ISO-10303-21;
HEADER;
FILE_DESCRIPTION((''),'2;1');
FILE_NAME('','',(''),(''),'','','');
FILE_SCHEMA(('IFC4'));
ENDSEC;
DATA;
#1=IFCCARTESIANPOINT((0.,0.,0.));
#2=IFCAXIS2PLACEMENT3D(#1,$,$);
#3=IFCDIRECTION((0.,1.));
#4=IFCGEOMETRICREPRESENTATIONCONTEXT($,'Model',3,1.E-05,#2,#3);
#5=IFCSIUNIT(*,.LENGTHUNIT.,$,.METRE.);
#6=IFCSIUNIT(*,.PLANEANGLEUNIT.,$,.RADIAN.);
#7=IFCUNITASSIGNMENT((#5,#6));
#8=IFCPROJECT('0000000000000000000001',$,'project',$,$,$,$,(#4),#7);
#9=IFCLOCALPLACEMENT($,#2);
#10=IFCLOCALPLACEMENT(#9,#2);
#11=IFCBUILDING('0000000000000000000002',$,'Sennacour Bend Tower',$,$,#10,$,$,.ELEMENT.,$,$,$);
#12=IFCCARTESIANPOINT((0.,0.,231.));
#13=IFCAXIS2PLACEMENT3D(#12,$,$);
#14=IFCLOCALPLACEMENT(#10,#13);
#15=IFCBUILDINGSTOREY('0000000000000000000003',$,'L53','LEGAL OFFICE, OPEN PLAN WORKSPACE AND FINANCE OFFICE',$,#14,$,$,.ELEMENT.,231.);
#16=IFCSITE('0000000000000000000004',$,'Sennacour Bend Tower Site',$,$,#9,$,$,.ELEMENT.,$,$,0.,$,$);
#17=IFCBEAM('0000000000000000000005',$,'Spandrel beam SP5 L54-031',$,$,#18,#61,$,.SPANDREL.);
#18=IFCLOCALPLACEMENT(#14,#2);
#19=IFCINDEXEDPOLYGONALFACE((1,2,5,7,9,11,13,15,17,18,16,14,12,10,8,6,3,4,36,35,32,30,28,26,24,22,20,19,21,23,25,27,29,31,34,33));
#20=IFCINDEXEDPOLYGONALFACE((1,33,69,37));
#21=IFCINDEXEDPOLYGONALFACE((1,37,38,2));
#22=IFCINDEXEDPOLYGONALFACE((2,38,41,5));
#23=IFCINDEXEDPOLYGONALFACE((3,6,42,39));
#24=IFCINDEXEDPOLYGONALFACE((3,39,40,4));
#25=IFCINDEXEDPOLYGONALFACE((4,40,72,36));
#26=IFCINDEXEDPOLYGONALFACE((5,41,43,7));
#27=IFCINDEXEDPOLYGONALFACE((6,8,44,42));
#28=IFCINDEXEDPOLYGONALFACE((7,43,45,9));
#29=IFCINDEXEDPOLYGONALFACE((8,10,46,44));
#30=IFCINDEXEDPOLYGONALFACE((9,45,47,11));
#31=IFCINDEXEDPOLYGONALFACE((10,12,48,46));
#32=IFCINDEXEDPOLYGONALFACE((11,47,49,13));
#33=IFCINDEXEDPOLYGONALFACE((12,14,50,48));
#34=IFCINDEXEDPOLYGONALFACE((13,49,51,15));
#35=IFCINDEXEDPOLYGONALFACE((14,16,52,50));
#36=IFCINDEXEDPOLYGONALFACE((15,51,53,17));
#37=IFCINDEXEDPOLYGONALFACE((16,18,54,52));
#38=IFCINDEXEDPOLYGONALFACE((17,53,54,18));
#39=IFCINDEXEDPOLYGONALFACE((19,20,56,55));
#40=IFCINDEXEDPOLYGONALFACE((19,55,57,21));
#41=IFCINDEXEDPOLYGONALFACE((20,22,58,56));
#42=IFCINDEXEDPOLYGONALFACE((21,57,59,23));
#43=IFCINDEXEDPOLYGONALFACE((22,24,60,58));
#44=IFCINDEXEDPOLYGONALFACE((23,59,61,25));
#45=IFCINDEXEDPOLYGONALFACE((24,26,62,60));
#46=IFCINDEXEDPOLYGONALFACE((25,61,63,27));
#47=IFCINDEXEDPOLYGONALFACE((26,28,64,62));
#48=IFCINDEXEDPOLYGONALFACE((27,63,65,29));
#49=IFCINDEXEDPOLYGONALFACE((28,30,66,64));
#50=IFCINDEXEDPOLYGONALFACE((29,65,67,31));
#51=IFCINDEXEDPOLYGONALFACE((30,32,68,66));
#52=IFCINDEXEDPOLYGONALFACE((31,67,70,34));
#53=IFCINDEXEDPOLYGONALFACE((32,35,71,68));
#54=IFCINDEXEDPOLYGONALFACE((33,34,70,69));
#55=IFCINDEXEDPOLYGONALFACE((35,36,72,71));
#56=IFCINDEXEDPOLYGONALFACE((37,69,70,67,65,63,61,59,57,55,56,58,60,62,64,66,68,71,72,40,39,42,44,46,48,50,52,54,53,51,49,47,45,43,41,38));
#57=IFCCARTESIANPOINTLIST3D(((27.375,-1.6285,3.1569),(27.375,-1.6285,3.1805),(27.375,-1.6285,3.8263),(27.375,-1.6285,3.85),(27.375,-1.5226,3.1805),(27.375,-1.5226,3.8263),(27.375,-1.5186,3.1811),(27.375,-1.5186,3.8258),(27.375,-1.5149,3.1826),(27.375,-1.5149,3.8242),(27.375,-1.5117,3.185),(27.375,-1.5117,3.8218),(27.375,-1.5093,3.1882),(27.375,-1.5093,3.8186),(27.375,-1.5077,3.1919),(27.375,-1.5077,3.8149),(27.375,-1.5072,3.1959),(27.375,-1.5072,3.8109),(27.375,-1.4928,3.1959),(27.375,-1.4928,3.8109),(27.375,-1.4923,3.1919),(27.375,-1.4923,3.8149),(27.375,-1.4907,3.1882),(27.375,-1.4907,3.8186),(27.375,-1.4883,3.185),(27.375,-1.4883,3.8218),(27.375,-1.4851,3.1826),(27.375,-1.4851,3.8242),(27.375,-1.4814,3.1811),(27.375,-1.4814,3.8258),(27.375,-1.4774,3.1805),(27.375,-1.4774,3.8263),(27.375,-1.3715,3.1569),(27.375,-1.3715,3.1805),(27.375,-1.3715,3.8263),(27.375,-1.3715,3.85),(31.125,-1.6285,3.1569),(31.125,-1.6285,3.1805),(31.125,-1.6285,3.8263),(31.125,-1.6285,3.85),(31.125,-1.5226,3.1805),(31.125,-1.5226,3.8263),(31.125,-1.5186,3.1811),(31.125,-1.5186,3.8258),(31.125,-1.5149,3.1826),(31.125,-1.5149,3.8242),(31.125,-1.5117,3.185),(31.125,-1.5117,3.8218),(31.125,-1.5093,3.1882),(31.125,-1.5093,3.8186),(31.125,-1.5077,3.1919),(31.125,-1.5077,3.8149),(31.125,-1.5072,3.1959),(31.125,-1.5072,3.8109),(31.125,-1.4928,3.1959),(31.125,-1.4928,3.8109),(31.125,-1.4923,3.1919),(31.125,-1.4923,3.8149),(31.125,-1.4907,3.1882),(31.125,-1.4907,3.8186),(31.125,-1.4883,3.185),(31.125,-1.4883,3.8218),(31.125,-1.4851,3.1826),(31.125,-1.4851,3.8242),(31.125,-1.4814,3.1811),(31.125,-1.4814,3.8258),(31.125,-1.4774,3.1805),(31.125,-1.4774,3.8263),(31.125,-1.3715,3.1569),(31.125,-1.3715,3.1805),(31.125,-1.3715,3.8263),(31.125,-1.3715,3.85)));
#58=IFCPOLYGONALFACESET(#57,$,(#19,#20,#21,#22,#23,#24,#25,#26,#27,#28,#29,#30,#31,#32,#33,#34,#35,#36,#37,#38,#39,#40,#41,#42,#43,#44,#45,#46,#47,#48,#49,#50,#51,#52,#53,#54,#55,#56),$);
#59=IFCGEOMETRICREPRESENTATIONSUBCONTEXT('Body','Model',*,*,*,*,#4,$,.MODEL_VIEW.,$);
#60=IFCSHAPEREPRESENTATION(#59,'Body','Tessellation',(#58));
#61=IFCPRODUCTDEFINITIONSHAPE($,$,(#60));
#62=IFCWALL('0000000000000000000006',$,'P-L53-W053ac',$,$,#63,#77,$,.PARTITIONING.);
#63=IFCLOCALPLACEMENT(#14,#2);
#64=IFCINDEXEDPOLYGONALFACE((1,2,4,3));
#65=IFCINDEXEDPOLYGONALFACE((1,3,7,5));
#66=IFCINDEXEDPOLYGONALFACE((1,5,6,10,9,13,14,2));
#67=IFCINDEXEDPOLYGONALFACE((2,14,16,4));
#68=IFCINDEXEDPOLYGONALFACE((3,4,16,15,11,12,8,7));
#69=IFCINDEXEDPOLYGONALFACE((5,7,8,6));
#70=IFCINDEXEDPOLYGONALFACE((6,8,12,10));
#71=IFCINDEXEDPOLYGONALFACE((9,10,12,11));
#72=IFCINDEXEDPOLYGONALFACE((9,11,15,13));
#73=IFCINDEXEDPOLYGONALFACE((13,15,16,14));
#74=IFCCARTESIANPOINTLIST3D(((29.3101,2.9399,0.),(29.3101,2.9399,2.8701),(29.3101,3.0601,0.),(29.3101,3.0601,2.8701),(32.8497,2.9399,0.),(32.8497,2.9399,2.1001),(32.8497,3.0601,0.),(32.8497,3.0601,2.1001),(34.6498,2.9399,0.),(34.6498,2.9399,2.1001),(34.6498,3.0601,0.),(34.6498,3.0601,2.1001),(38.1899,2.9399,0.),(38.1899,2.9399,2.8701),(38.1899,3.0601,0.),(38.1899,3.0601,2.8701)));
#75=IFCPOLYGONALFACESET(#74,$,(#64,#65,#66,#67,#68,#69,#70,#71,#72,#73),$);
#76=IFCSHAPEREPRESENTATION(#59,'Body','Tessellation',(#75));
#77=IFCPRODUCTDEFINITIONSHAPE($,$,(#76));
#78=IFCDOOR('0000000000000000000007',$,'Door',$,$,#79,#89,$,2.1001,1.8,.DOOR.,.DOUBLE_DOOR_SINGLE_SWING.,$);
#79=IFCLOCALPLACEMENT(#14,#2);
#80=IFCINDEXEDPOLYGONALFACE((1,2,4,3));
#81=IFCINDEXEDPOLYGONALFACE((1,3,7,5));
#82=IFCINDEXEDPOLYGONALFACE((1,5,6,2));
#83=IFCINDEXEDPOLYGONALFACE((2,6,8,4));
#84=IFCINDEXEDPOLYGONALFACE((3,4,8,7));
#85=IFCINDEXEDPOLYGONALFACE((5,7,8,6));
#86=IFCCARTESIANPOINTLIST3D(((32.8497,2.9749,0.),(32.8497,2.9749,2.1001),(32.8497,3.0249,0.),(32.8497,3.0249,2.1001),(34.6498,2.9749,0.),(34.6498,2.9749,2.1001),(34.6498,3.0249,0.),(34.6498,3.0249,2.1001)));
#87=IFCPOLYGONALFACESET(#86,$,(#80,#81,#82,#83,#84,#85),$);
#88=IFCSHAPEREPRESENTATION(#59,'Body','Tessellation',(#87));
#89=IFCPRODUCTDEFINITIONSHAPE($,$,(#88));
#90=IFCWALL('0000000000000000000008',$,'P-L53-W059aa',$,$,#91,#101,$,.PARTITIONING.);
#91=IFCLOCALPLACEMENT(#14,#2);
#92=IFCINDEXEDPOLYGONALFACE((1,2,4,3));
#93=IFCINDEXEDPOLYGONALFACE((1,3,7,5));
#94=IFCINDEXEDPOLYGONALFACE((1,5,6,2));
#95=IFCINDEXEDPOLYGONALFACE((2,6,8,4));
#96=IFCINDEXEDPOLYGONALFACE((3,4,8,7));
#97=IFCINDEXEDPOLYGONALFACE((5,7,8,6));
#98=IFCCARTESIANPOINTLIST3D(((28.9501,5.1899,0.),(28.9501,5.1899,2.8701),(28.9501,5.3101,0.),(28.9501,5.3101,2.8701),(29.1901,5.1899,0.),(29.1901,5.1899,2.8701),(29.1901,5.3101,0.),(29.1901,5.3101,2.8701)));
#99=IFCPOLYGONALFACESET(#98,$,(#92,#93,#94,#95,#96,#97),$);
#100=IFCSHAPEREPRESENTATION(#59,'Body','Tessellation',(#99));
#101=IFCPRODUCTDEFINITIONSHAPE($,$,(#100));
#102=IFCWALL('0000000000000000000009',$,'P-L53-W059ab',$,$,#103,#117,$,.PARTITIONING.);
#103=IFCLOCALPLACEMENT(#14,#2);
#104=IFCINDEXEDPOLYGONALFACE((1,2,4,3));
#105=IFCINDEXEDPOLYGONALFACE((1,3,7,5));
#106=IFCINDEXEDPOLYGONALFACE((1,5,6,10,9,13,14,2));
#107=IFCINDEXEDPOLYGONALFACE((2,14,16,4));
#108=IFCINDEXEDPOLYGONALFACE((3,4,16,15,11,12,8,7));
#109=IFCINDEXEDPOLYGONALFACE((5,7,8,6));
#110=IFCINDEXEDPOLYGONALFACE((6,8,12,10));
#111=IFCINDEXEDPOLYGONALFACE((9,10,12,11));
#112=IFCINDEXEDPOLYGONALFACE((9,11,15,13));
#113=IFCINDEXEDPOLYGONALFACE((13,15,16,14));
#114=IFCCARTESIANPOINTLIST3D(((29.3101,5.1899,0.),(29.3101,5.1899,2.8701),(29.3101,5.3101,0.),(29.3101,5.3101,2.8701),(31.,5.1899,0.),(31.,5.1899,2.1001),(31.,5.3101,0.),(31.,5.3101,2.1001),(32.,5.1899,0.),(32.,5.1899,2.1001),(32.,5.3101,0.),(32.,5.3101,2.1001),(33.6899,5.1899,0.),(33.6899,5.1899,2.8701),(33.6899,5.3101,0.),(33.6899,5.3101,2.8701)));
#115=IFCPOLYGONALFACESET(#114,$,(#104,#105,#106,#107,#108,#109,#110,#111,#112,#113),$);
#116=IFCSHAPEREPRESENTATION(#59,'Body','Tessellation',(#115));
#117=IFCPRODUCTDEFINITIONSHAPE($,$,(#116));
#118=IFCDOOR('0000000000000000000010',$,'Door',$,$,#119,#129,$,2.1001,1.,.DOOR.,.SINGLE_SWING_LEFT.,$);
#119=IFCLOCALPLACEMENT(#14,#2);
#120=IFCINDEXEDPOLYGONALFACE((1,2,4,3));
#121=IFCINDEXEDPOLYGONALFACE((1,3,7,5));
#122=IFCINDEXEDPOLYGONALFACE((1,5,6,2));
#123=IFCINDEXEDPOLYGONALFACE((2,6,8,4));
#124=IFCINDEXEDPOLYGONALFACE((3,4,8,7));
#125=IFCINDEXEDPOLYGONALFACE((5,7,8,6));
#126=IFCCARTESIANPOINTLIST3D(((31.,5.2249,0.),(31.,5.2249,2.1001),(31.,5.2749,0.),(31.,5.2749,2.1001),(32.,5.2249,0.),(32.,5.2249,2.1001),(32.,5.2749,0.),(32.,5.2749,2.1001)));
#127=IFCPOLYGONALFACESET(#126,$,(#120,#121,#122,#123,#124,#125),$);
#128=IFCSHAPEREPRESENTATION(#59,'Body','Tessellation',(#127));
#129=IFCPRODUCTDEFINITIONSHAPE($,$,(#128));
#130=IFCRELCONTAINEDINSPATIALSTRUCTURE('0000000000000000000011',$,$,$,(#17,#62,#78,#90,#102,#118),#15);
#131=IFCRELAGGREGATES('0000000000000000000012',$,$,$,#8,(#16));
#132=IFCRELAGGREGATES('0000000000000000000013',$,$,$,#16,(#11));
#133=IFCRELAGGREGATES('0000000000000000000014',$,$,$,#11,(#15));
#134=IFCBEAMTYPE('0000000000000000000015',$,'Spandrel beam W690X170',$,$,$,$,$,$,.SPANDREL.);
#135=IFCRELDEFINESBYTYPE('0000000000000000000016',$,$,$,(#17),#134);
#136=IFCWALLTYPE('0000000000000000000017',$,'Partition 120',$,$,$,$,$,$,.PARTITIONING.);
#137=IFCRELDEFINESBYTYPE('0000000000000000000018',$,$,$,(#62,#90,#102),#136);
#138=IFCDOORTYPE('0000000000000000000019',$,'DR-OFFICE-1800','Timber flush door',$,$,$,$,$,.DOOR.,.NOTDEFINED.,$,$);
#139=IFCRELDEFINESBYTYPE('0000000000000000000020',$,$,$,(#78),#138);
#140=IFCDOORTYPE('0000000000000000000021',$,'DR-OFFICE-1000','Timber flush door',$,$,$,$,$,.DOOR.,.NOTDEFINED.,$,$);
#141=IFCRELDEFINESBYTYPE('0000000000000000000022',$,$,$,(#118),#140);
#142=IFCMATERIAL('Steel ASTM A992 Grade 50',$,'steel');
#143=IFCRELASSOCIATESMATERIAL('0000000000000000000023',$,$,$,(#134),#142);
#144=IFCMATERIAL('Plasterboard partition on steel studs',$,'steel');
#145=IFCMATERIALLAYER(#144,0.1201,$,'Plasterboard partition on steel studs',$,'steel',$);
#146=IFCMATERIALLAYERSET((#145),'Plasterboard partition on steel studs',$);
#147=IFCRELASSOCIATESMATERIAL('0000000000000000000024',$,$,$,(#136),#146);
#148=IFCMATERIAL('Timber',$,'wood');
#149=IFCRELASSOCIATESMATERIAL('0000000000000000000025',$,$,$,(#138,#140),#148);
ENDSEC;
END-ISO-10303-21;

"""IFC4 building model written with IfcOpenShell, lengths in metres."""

from ifc_helpers import new_model, si_unit, direction, frame, frame_2d, origin, origin_2d, place, context, subcontext, project, spatial, rectangle, i_section, extrude, material, layer, layer_set, material_profile, profile_set, type_object, element, fill, save


model = new_model("IFC4")

# Units and contexts
model_context = context("Model", 3, precision=1e-05, world=origin(), true_north=direction((0.0, 1.0)))
body_context = subcontext(model_context, "Body", "Model", "MODEL_VIEW")
ifc_project = project(units=[si_unit("LENGTHUNIT", "METRE"), si_unit("PLANEANGLEUNIT", "RADIAN")], contexts=[model_context])

# Site, building, storey
site_placement = place(None, origin())
site = spatial("IfcSite", under=ifc_project, at=site_placement, Name="Sennacour Bend Tower Site", CompositionType="ELEMENT", RefElevation=0.0)
building_placement = place(site_placement, origin())
building = spatial("IfcBuilding", under=site, at=building_placement, Name="Sennacour Bend Tower", CompositionType="ELEMENT")
storey_placement = place(building_placement, frame((0.0, 0.0, 231.0)))
storey = spatial("IfcBuildingStorey", under=building, at=storey_placement, Name="L53", Description="LEGAL OFFICE, OPEN PLAN WORKSPACE AND FINANCE OFFICE", CompositionType="ELEMENT", Elevation=231.0)

# Beam
ifc_material_1 = material(Name="Steel ASTM A992 Grade 50", Category="steel")
ifc_material_profile_1 = material_profile(ifc_material_1, i_section(OverallWidth=0.2571, OverallDepth=0.6931, WebThickness=0.0144, FlangeThickness=0.0237, FilletRadius=0.0154, at=origin_2d()), Name="Steel ASTM A992 Grade 50", Category="steel")
ifc_profile_set_1 = profile_set([ifc_material_profile_1], Name="Steel ASTM A992 Grade 50")
beam_type_1 = type_object("IfcBeamType", Name="Spandrel beam W690X170", PredefinedType="SPANDREL", material=ifc_profile_set_1)
beam_1_placement = place(storey_placement, frame((31.125, -1.5, 3.5034), z_axis=(-1.0, 0.0, 0.0), x_axis=(0.0, -1.0, 0.0)))
element("IfcBeam", 1, at=beam_1_placement, inside=storey, type_object=beam_type_1, Name="Spandrel beam SP5 L54-031", PredefinedType="SPANDREL", context=body_context, shape_type="SweptSolid", body=[
    extrude(i_section(OverallWidth=0.2571, OverallDepth=0.6931, WebThickness=0.0144, FlangeThickness=0.0237, FilletRadius=0.0154, at=origin_2d()), origin(), (0.0, 0.0, 1.0), 3.75),
])

# Wall, opening, door
ifc_material_2 = material(Name="Plasterboard partition on steel studs", Category="steel")
ifc_layer_1 = layer(ifc_material_2, 0.1201, Name="Plasterboard partition on steel studs", Category="steel")
ifc_layer_set_1 = layer_set([ifc_layer_1], Name="Plasterboard partition on steel studs")
wall_type_1 = type_object("IfcWallType", Name="Partition 120", PredefinedType="PARTITIONING", material=ifc_layer_set_1)
wall_1_placement = place(storey_placement, frame((29.3101, 3.0, 0.0), z_axis=(0.0, 0.0, 1.0), x_axis=(1.0, 0.0, 0.0)))
wall_1 = element("IfcWall", 2, at=wall_1_placement, inside=storey, type_object=wall_type_1, Name="P-L53-W053ac", PredefinedType="PARTITIONING", context=body_context, shape_type="SweptSolid", body=[
    extrude(rectangle(XDim=8.8799, YDim=0.1201, at=frame_2d((4.4399, 0.0))), origin(), (0.0, 0.0, 1.0), 2.8701),
])
opening_1_placement = place(wall_1_placement, frame((3.5398, 0.0, 0.0)))
opening_1 = element("IfcOpeningElement", 3, at=opening_1_placement, cuts=wall_1, PredefinedType="OPENING", context=body_context, shape_type="SweptSolid", body=[
    extrude(rectangle(XDim=1.8, YDim=2.1001, at=frame_2d((0.8999, 1.05))), frame((0.0, 0.0701, 0.0), z_axis=(0.0, -1.0, 0.0), x_axis=(1.0, 0.0, 0.0)), (0.0, 0.0, 1.0), 0.1401),
])
ifc_material_3 = material(Name="Timber", Category="wood")
door_type_1 = type_object("IfcDoorType", Name="DR-OFFICE-1800", Description="Timber flush door", OperationType="NOTDEFINED", PredefinedType="DOOR", material=ifc_material_3)
door_1_placement = place(opening_1_placement, origin())
door_1 = element("IfcDoor", 4, at=door_1_placement, inside=storey, type_object=door_type_1, Name="Door", OperationType="DOUBLE_DOOR_SINGLE_SWING", OverallHeight=2.1001, OverallWidth=1.8, PredefinedType="DOOR", context=body_context, shape_type="SweptSolid", body=[
    extrude(rectangle(XDim=1.8, YDim=2.1001, at=frame_2d((0.8999, 1.05))), frame((0.0, 0.0249, 0.0), z_axis=(0.0, -1.0, 0.0), x_axis=(1.0, 0.0, 0.0)), (0.0, 0.0, 1.0), 0.05),
])
fill(opening_1, door_1)

# Wall
wall_2_placement = place(storey_placement, frame((28.95, 5.25, 0.0), z_axis=(0.0, 0.0, 1.0), x_axis=(1.0, 0.0, 0.0)))
element("IfcWall", 5, at=wall_2_placement, inside=storey, type_object=wall_type_1, Name="P-L53-W059aa", PredefinedType="PARTITIONING", context=body_context, shape_type="SweptSolid", body=[
    extrude(rectangle(XDim=0.24, YDim=0.1201, at=frame_2d((0.1201, 0.0))), origin(), (0.0, 0.0, 1.0), 2.8701),
])

# Wall, opening, door
wall_3_placement = place(storey_placement, frame((29.3101, 5.25, 0.0), z_axis=(0.0, 0.0, 1.0), x_axis=(1.0, 0.0, 0.0)))
wall_3 = element("IfcWall", 6, at=wall_3_placement, inside=storey, type_object=wall_type_1, Name="P-L53-W059ab", PredefinedType="PARTITIONING", context=body_context, shape_type="SweptSolid", body=[
    extrude(rectangle(XDim=4.3799, YDim=0.1201, at=frame_2d((2.1899, 0.0))), origin(), (0.0, 0.0, 1.0), 2.8701),
])
opening_2_placement = place(wall_3_placement, frame((1.6899, 0.0, 0.0)))
opening_2 = element("IfcOpeningElement", 7, at=opening_2_placement, cuts=wall_3, PredefinedType="OPENING", context=body_context, shape_type="SweptSolid", body=[
    extrude(rectangle(XDim=1.0, YDim=2.1001, at=frame_2d((0.5, 1.05))), frame((0.0, 0.0701, 0.0), z_axis=(0.0, -1.0, 0.0), x_axis=(1.0, 0.0, 0.0)), (0.0, 0.0, 1.0), 0.1401),
])
door_type_2 = type_object("IfcDoorType", Name="DR-OFFICE-1000", Description="Timber flush door", OperationType="NOTDEFINED", PredefinedType="DOOR", material=ifc_material_3)
door_2_placement = place(opening_2_placement, origin())
door_2 = element("IfcDoor", 8, at=door_2_placement, inside=storey, type_object=door_type_2, Name="Door", OperationType="SINGLE_SWING_LEFT", OverallHeight=2.1001, OverallWidth=1.0, PredefinedType="DOOR", context=body_context, shape_type="SweptSolid", body=[
    extrude(rectangle(XDim=1.0, YDim=2.1001, at=frame_2d((0.5, 1.05))), frame((0.0, 0.0249, 0.0), z_axis=(0.0, -1.0, 0.0), x_axis=(1.0, 0.0, 0.0)), (0.0, 0.0, 1.0), 0.05),
])
fill(opening_2, door_2)

save(model, "model.ifc")
